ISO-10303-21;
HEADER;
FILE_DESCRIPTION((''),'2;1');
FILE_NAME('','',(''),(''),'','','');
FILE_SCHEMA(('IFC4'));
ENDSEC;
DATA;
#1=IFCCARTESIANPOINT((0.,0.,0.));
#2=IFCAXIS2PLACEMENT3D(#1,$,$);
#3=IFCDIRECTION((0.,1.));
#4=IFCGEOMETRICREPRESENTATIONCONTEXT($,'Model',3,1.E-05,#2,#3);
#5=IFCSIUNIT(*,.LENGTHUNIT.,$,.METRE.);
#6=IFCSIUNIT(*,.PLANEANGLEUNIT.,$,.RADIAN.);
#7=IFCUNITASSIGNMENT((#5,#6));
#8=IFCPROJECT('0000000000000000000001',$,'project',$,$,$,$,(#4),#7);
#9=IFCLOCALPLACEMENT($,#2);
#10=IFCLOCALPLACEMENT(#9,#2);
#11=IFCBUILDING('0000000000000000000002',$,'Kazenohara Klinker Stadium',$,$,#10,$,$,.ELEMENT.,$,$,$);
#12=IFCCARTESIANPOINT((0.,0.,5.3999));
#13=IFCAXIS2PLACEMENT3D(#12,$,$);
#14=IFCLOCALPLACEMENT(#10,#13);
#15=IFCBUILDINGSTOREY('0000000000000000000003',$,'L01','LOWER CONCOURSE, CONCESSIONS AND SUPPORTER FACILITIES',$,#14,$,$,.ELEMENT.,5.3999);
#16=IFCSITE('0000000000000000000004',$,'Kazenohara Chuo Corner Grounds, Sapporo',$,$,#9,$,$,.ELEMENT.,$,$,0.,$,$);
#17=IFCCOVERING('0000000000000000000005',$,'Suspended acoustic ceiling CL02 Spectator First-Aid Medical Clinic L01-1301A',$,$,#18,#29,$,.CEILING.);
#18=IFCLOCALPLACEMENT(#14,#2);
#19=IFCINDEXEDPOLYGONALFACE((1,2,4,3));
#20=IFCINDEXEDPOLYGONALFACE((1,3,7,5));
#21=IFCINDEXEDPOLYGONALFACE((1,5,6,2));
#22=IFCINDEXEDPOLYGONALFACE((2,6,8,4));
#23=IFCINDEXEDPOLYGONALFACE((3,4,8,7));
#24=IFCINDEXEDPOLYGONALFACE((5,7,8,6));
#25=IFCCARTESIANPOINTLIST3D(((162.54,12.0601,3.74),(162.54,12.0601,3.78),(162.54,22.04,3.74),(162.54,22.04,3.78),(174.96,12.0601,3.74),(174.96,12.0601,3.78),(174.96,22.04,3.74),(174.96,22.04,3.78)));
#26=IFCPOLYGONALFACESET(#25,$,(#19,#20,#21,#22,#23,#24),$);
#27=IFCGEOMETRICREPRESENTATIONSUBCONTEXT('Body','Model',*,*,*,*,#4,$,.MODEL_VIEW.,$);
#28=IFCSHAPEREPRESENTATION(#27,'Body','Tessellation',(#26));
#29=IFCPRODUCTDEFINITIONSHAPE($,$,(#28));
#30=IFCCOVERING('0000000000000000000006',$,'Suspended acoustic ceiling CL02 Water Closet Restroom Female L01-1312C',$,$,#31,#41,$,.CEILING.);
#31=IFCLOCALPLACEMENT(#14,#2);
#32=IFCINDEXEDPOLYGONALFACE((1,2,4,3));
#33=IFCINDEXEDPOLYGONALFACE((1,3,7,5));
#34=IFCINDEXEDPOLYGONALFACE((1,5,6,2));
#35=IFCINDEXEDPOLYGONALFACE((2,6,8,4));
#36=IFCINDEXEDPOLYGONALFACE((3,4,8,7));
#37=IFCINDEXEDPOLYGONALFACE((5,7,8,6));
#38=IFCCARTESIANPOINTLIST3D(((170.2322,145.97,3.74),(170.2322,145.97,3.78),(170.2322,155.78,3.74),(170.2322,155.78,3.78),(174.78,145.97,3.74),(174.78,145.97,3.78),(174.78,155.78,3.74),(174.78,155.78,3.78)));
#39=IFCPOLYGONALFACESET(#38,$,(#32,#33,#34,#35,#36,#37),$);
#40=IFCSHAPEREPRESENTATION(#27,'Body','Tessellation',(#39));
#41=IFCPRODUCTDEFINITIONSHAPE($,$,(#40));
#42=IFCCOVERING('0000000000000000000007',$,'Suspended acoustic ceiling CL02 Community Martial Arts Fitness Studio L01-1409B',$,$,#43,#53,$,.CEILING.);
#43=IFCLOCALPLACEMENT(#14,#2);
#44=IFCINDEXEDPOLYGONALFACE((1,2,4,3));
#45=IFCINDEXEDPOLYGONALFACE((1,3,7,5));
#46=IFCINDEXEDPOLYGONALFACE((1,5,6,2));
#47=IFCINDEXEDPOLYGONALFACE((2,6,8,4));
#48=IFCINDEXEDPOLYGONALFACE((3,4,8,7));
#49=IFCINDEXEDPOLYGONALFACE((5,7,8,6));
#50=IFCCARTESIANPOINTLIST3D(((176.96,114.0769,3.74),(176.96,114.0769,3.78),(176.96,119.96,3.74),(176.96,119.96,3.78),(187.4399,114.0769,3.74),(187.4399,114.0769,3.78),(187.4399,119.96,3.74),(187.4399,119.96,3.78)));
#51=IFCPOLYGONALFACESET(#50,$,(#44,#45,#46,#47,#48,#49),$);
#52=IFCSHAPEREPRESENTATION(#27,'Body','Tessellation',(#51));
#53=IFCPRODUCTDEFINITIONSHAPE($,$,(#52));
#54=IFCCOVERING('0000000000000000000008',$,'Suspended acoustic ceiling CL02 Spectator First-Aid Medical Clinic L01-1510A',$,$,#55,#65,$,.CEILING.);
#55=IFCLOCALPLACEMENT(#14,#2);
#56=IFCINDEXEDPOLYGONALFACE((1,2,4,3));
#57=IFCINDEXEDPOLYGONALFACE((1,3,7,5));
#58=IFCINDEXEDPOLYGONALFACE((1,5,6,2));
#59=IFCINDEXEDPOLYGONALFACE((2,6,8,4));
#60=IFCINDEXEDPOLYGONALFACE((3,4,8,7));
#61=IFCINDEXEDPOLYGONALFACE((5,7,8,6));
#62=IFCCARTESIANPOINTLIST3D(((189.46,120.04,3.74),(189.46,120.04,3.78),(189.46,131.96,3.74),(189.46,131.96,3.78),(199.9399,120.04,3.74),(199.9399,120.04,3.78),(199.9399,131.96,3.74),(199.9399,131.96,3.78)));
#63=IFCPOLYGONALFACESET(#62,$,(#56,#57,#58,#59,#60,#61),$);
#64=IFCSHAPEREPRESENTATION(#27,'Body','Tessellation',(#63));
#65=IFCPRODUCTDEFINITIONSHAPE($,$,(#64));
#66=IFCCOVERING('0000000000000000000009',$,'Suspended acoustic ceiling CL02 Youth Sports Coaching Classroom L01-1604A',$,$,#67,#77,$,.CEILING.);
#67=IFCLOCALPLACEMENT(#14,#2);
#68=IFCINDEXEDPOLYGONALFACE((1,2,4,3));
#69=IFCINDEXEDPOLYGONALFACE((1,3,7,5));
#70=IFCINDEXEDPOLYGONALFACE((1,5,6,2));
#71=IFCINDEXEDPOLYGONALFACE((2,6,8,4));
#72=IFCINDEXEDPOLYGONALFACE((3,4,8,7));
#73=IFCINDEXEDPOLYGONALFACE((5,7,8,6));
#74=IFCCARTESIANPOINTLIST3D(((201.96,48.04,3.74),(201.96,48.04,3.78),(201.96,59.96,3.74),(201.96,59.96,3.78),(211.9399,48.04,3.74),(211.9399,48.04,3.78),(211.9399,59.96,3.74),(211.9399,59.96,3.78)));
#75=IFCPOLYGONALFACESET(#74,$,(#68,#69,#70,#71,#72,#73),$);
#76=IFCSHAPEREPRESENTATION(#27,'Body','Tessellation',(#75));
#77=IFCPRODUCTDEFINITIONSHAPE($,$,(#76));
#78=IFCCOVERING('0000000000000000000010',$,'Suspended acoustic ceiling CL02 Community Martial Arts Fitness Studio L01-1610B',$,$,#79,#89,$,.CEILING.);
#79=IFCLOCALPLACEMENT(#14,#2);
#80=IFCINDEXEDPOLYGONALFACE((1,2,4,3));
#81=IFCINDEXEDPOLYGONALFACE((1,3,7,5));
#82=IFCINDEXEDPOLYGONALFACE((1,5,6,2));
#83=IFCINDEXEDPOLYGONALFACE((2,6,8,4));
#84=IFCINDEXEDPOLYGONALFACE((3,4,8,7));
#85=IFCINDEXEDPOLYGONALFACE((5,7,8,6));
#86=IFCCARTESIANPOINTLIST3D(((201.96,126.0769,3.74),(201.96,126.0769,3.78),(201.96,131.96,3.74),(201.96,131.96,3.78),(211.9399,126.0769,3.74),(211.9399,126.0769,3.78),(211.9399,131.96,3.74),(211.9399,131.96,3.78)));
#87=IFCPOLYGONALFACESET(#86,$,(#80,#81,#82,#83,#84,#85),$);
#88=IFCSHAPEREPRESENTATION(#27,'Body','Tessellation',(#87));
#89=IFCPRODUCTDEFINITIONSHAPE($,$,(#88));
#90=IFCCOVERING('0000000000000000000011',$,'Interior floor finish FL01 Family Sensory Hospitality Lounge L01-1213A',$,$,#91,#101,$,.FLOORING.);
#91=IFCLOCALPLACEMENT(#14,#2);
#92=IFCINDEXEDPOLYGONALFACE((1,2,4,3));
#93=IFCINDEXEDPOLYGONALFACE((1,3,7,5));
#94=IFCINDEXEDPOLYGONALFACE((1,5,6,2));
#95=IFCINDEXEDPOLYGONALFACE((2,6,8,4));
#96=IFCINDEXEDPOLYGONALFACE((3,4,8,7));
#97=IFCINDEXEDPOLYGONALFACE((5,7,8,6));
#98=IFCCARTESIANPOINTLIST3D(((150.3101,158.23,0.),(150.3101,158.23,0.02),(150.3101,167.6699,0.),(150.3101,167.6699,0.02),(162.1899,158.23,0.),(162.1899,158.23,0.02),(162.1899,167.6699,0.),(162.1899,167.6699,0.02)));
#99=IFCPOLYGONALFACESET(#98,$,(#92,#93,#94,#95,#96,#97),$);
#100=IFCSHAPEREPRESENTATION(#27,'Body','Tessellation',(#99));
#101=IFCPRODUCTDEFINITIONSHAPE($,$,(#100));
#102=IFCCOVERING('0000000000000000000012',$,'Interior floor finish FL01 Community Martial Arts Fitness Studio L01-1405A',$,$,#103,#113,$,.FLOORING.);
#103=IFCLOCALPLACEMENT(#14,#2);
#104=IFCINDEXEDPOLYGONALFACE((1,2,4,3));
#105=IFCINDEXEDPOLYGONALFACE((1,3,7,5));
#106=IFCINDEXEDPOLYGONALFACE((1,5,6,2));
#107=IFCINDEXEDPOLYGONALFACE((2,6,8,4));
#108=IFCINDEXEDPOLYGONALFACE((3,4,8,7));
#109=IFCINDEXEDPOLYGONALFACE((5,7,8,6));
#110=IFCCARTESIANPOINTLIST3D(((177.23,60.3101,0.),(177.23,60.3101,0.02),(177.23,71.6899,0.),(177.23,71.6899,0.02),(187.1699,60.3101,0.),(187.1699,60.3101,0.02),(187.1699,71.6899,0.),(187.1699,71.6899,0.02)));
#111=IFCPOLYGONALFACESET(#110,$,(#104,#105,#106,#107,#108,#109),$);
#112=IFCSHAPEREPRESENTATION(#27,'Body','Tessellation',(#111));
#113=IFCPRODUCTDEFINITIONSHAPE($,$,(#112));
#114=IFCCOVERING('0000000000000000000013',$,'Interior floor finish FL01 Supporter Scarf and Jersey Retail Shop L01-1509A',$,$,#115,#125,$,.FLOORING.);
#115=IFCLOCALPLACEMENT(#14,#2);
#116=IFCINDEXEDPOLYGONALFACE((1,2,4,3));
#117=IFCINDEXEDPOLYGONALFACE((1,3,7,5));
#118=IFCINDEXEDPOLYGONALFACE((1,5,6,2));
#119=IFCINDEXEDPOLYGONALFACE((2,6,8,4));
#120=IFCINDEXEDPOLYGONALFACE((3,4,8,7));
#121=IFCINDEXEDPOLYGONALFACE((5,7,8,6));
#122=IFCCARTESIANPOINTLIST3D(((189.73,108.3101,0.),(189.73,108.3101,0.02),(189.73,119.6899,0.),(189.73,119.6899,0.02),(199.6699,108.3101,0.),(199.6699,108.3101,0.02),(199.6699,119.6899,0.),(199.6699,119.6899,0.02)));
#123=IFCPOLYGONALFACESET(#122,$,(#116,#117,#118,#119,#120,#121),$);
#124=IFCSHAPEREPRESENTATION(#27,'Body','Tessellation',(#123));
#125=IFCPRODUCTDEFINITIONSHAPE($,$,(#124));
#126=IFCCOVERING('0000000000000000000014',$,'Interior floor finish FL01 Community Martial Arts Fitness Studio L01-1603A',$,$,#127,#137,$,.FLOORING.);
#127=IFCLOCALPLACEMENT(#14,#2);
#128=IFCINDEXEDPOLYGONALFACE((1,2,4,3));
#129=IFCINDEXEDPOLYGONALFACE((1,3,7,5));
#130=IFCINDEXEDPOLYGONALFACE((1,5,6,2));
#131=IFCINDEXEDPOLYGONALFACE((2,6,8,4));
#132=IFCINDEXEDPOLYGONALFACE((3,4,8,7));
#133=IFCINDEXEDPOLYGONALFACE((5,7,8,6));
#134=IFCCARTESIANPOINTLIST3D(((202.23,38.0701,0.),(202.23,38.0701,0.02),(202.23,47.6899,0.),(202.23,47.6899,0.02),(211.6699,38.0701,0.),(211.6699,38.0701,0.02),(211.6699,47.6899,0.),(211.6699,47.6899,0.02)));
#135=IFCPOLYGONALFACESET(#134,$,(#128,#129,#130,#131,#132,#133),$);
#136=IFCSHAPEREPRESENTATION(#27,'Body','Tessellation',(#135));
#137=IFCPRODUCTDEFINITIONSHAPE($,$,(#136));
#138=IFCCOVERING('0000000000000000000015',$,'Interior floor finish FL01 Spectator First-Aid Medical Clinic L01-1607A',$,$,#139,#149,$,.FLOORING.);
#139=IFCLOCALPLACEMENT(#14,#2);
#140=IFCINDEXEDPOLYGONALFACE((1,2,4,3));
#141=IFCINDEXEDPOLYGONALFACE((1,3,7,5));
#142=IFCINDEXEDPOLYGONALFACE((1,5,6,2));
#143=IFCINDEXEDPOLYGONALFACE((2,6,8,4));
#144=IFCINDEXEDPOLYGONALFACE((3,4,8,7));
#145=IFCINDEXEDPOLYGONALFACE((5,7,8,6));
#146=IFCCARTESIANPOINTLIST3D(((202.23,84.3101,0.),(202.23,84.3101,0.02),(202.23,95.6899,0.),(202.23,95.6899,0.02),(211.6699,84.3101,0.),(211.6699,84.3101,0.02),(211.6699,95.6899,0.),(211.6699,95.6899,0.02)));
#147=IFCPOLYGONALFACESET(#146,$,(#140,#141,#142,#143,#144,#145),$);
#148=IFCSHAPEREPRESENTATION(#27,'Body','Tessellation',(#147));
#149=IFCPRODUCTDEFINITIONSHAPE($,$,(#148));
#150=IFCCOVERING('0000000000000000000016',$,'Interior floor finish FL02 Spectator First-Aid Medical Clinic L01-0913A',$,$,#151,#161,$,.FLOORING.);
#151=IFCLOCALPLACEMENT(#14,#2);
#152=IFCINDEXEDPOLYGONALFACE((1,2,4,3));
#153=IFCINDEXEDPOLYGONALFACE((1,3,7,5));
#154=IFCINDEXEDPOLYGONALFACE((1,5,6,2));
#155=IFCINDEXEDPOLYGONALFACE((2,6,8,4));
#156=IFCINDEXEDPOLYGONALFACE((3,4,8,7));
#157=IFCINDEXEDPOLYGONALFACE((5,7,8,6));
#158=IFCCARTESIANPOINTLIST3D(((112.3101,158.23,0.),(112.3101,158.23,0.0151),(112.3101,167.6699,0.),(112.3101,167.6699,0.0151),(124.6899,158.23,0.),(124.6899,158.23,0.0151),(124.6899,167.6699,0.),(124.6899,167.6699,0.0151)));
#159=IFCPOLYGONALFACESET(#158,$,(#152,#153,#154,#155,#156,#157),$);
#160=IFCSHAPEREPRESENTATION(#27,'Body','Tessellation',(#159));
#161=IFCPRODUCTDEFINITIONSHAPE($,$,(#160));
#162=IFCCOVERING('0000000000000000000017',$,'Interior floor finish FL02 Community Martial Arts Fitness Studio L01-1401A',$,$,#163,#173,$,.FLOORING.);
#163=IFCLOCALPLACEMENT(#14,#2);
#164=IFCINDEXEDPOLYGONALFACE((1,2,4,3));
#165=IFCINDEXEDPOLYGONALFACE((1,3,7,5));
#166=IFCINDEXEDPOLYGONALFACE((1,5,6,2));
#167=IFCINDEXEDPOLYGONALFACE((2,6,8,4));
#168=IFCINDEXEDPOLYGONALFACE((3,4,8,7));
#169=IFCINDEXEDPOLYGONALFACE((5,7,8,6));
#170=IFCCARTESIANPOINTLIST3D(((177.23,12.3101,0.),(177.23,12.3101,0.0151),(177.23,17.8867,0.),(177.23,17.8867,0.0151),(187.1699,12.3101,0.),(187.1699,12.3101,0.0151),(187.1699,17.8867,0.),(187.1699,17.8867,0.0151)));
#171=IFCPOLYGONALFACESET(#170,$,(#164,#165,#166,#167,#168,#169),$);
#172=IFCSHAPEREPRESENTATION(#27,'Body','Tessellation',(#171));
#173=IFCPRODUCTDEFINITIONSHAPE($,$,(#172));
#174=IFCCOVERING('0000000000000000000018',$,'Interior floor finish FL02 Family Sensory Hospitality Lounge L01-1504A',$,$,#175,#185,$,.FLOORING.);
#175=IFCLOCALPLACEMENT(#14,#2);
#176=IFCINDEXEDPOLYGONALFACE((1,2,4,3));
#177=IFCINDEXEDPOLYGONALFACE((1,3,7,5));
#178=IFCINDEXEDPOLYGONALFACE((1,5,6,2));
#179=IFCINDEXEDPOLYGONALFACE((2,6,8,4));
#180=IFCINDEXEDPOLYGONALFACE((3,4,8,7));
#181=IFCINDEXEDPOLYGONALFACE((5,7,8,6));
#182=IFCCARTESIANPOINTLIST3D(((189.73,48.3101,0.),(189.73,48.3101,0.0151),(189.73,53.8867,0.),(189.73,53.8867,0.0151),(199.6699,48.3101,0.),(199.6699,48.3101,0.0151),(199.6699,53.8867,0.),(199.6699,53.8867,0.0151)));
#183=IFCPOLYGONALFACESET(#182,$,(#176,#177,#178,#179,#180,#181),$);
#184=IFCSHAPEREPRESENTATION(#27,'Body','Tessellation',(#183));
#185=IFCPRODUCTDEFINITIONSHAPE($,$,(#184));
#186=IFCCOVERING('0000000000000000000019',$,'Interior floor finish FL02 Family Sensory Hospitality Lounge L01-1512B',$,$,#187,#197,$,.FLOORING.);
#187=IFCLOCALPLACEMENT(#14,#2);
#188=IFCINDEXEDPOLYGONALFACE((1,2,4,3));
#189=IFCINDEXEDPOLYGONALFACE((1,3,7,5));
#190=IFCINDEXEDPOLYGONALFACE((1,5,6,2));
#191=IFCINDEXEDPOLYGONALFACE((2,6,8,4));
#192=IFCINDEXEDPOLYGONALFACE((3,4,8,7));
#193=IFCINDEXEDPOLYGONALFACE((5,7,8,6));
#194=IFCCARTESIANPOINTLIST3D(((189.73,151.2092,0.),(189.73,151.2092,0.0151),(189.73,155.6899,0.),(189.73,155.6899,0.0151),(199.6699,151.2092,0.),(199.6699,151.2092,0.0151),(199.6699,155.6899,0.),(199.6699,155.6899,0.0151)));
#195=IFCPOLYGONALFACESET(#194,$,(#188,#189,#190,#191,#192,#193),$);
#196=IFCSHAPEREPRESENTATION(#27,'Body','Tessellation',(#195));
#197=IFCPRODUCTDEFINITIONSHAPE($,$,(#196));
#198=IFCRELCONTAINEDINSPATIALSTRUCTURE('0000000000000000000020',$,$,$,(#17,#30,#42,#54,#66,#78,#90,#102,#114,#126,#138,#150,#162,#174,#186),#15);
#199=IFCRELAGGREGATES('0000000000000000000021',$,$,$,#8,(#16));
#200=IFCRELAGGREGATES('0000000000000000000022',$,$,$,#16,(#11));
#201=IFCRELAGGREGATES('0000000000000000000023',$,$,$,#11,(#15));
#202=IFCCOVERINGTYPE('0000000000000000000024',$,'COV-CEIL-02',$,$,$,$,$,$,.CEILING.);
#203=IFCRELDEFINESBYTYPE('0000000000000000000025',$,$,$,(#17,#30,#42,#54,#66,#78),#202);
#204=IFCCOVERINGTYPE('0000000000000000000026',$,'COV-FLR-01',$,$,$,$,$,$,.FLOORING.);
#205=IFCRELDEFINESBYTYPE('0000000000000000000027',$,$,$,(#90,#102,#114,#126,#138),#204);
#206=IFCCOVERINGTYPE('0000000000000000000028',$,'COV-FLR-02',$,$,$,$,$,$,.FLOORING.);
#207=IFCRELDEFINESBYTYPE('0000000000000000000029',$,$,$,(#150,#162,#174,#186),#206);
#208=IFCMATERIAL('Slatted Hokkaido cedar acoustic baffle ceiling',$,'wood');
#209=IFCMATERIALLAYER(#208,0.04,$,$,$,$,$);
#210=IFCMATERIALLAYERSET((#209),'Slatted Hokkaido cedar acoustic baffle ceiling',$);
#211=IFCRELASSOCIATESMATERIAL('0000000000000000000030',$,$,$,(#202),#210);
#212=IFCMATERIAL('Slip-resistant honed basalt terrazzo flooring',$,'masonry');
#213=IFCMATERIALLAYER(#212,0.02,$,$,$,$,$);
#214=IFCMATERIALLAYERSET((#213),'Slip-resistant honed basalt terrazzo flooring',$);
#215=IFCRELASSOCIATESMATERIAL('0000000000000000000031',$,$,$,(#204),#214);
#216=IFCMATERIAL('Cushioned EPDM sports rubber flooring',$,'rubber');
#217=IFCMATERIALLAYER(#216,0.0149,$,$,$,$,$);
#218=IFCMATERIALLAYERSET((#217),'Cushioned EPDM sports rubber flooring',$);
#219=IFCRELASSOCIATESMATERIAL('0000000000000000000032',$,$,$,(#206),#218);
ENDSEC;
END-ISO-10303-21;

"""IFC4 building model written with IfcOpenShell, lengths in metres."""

from ifc_helpers import new_model, si_unit, direction, frame, origin, place, context, subcontext, project, spatial, polyline, outline, extrude, material, layer, layer_set, type_object, element, save


model = new_model("IFC4")

# Units and contexts
model_context = context("Model", 3, precision=1e-05, world=origin(), true_north=direction((0.0, 1.0)))
body_context = subcontext(model_context, "Body", "Model", "MODEL_VIEW")
ifc_project = project(units=[si_unit("LENGTHUNIT", "METRE"), si_unit("PLANEANGLEUNIT", "RADIAN")], contexts=[model_context])

# Site, building, storey
site_placement = place(None, origin())
site = spatial("IfcSite", under=ifc_project, at=site_placement, Name="Kazenohara Chuo Corner Grounds, Sapporo", CompositionType="ELEMENT", RefElevation=0.0)
building_placement = place(site_placement, origin())
building = spatial("IfcBuilding", under=site, at=building_placement, Name="Kazenohara Klinker Stadium", CompositionType="ELEMENT")
storey_placement = place(building_placement, frame((0.0, 0.0, 5.3999)))
storey = spatial("IfcBuildingStorey", under=building, at=storey_placement, Name="L01", Description="LOWER CONCOURSE, CONCESSIONS AND SUPPORTER FACILITIES", CompositionType="ELEMENT", Elevation=5.3999)

# Coverings
ifc_material_1 = material(Name="Slatted Hokkaido cedar acoustic baffle ceiling", Category="wood")
ifc_layer_1 = layer(ifc_material_1, 0.04)
ifc_layer_set_1 = layer_set([ifc_layer_1], Name="Slatted Hokkaido cedar acoustic baffle ceiling")
covering_type_1 = type_object("IfcCoveringType", Name="COV-CEIL-02", PredefinedType="CEILING", material=ifc_layer_set_1)
covering_1_placement = place(storey_placement, frame((0.0, 0.0, 3.74)))
element("IfcCovering", 1, at=covering_1_placement, inside=storey, type_object=covering_type_1, Name="Suspended acoustic ceiling CL02 Spectator First-Aid Medical Clinic L01-1301A", PredefinedType="CEILING", context=body_context, shape_type="SweptSolid", body=[
    extrude(outline(polyline([(162.54, 12.0601), (174.96, 12.0601), (174.96, 22.04), (162.54, 22.04), (162.54, 12.0601)])), origin(), (0.0, 0.0, 1.0), 0.04),
])
covering_2_placement = place(storey_placement, frame((0.0, 0.0, 3.74)))
element("IfcCovering", 2, at=covering_2_placement, inside=storey, type_object=covering_type_1, Name="Suspended acoustic ceiling CL02 Water Closet Restroom Female L01-1312C", PredefinedType="CEILING", context=body_context, shape_type="SweptSolid", body=[
    extrude(outline(polyline([(170.2322, 145.97), (174.78, 145.97), (174.78, 155.78), (170.2322, 155.78), (170.2322, 145.97)])), origin(), (0.0, 0.0, 1.0), 0.04),
])
covering_3_placement = place(storey_placement, frame((0.0, 0.0, 3.74)))
element("IfcCovering", 3, at=covering_3_placement, inside=storey, type_object=covering_type_1, Name="Suspended acoustic ceiling CL02 Community Martial Arts Fitness Studio L01-1409B", PredefinedType="CEILING", context=body_context, shape_type="SweptSolid", body=[
    extrude(outline(polyline([(176.96, 114.0769), (187.4399, 114.0769), (187.4399, 119.96), (176.96, 119.96), (176.96, 114.0769)])), origin(), (0.0, 0.0, 1.0), 0.04),
])
covering_4_placement = place(storey_placement, frame((0.0, 0.0, 3.74)))
element("IfcCovering", 4, at=covering_4_placement, inside=storey, type_object=covering_type_1, Name="Suspended acoustic ceiling CL02 Spectator First-Aid Medical Clinic L01-1510A", PredefinedType="CEILING", context=body_context, shape_type="SweptSolid", body=[
    extrude(outline(polyline([(189.46, 120.04), (199.9399, 120.04), (199.9399, 131.96), (189.46, 131.96), (189.46, 120.04)])), origin(), (0.0, 0.0, 1.0), 0.04),
])
covering_5_placement = place(storey_placement, frame((0.0, 0.0, 3.74)))
element("IfcCovering", 5, at=covering_5_placement, inside=storey, type_object=covering_type_1, Name="Suspended acoustic ceiling CL02 Youth Sports Coaching Classroom L01-1604A", PredefinedType="CEILING", context=body_context, shape_type="SweptSolid", body=[
    extrude(outline(polyline([(201.96, 48.04), (211.9399, 48.04), (211.9399, 59.96), (201.96, 59.96), (201.96, 48.04)])), origin(), (0.0, 0.0, 1.0), 0.04),
])
covering_6_placement = place(storey_placement, frame((0.0, 0.0, 3.74)))
element("IfcCovering", 6, at=covering_6_placement, inside=storey, type_object=covering_type_1, Name="Suspended acoustic ceiling CL02 Community Martial Arts Fitness Studio L01-1610B", PredefinedType="CEILING", context=body_context, shape_type="SweptSolid", body=[
    extrude(outline(polyline([(201.96, 126.0769), (211.9399, 126.0769), (211.9399, 131.96), (201.96, 131.96), (201.96, 126.0769)])), origin(), (0.0, 0.0, 1.0), 0.04),
])
ifc_material_2 = material(Name="Slip-resistant honed basalt terrazzo flooring", Category="masonry")
ifc_layer_2 = layer(ifc_material_2, 0.02)
ifc_layer_set_2 = layer_set([ifc_layer_2], Name="Slip-resistant honed basalt terrazzo flooring")
covering_type_2 = type_object("IfcCoveringType", Name="COV-FLR-01", PredefinedType="FLOORING", material=ifc_layer_set_2)
covering_7_placement = place(storey_placement, origin())
element("IfcCovering", 7, at=covering_7_placement, inside=storey, type_object=covering_type_2, Name="Interior floor finish FL01 Family Sensory Hospitality Lounge L01-1213A", PredefinedType="FLOORING", context=body_context, shape_type="SweptSolid", body=[
    extrude(outline(polyline([(150.3101, 158.23), (162.1899, 158.23), (162.1899, 167.6699), (150.3101, 167.6699), (150.3101, 158.23)])), origin(), (0.0, 0.0, 1.0), 0.02),
])
covering_8_placement = place(storey_placement, origin())
element("IfcCovering", 8, at=covering_8_placement, inside=storey, type_object=covering_type_2, Name="Interior floor finish FL01 Community Martial Arts Fitness Studio L01-1405A", PredefinedType="FLOORING", context=body_context, shape_type="SweptSolid", body=[
    extrude(outline(polyline([(177.23, 60.3101), (187.1699, 60.3101), (187.1699, 71.6899), (177.23, 71.6899), (177.23, 60.3101)])), origin(), (0.0, 0.0, 1.0), 0.02),
])
covering_9_placement = place(storey_placement, origin())
element("IfcCovering", 9, at=covering_9_placement, inside=storey, type_object=covering_type_2, Name="Interior floor finish FL01 Supporter Scarf and Jersey Retail Shop L01-1509A", PredefinedType="FLOORING", context=body_context, shape_type="SweptSolid", body=[
    extrude(outline(polyline([(189.73, 108.3101), (199.6699, 108.3101), (199.6699, 119.6899), (189.73, 119.6899), (189.73, 108.3101)])), origin(), (0.0, 0.0, 1.0), 0.02),
])
covering_10_placement = place(storey_placement, origin())
element("IfcCovering", 10, at=covering_10_placement, inside=storey, type_object=covering_type_2, Name="Interior floor finish FL01 Community Martial Arts Fitness Studio L01-1603A", PredefinedType="FLOORING", context=body_context, shape_type="SweptSolid", body=[
    extrude(outline(polyline([(202.23, 38.0701), (211.6699, 38.0701), (211.6699, 47.6899), (202.23, 47.6899), (202.23, 38.0701)])), origin(), (0.0, 0.0, 1.0), 0.02),
])
covering_11_placement = place(storey_placement, origin())
element("IfcCovering", 11, at=covering_11_placement, inside=storey, type_object=covering_type_2, Name="Interior floor finish FL01 Spectator First-Aid Medical Clinic L01-1607A", PredefinedType="FLOORING", context=body_context, shape_type="SweptSolid", body=[
    extrude(outline(polyline([(202.23, 84.3101), (211.6699, 84.3101), (211.6699, 95.6899), (202.23, 95.6899), (202.23, 84.3101)])), origin(), (0.0, 0.0, 1.0), 0.02),
])
ifc_material_3 = material(Name="Cushioned EPDM sports rubber flooring", Category="rubber")
ifc_layer_3 = layer(ifc_material_3, 0.0149)
ifc_layer_set_3 = layer_set([ifc_layer_3], Name="Cushioned EPDM sports rubber flooring")
covering_type_3 = type_object("IfcCoveringType", Name="COV-FLR-02", PredefinedType="FLOORING", material=ifc_layer_set_3)
covering_12_placement = place(storey_placement, origin())
element("IfcCovering", 12, at=covering_12_placement, inside=storey, type_object=covering_type_3, Name="Interior floor finish FL02 Spectator First-Aid Medical Clinic L01-0913A", PredefinedType="FLOORING", context=body_context, shape_type="SweptSolid", body=[
    extrude(outline(polyline([(112.3101, 158.23), (124.6899, 158.23), (124.6899, 167.6699), (112.3101, 167.6699), (112.3101, 158.23)])), origin(), (0.0, 0.0, 1.0), 0.0151),
])
covering_13_placement = place(storey_placement, origin())
element("IfcCovering", 13, at=covering_13_placement, inside=storey, type_object=covering_type_3, Name="Interior floor finish FL02 Community Martial Arts Fitness Studio L01-1401A", PredefinedType="FLOORING", context=body_context, shape_type="SweptSolid", body=[
    extrude(outline(polyline([(177.23, 12.3101), (187.1699, 12.3101), (187.1699, 17.8867), (177.23, 17.8867), (177.23, 12.3101)])), origin(), (0.0, 0.0, 1.0), 0.0151),
])
covering_14_placement = place(storey_placement, origin())
element("IfcCovering", 14, at=covering_14_placement, inside=storey, type_object=covering_type_3, Name="Interior floor finish FL02 Family Sensory Hospitality Lounge L01-1504A", PredefinedType="FLOORING", context=body_context, shape_type="SweptSolid", body=[
    extrude(outline(polyline([(189.73, 48.3101), (199.6699, 48.3101), (199.6699, 53.8867), (189.73, 53.8867), (189.73, 48.3101)])), origin(), (0.0, 0.0, 1.0), 0.0151),
])
covering_15_placement = place(storey_placement, origin())
element("IfcCovering", 15, at=covering_15_placement, inside=storey, type_object=covering_type_3, Name="Interior floor finish FL02 Family Sensory Hospitality Lounge L01-1512B", PredefinedType="FLOORING", context=body_context, shape_type="SweptSolid", body=[
    extrude(outline(polyline([(189.73, 151.2092), (199.6699, 151.2092), (199.6699, 155.6899), (189.73, 155.6899), (189.73, 151.2092)])), origin(), (0.0, 0.0, 1.0), 0.0151),
])

save(model, "model.ifc")
